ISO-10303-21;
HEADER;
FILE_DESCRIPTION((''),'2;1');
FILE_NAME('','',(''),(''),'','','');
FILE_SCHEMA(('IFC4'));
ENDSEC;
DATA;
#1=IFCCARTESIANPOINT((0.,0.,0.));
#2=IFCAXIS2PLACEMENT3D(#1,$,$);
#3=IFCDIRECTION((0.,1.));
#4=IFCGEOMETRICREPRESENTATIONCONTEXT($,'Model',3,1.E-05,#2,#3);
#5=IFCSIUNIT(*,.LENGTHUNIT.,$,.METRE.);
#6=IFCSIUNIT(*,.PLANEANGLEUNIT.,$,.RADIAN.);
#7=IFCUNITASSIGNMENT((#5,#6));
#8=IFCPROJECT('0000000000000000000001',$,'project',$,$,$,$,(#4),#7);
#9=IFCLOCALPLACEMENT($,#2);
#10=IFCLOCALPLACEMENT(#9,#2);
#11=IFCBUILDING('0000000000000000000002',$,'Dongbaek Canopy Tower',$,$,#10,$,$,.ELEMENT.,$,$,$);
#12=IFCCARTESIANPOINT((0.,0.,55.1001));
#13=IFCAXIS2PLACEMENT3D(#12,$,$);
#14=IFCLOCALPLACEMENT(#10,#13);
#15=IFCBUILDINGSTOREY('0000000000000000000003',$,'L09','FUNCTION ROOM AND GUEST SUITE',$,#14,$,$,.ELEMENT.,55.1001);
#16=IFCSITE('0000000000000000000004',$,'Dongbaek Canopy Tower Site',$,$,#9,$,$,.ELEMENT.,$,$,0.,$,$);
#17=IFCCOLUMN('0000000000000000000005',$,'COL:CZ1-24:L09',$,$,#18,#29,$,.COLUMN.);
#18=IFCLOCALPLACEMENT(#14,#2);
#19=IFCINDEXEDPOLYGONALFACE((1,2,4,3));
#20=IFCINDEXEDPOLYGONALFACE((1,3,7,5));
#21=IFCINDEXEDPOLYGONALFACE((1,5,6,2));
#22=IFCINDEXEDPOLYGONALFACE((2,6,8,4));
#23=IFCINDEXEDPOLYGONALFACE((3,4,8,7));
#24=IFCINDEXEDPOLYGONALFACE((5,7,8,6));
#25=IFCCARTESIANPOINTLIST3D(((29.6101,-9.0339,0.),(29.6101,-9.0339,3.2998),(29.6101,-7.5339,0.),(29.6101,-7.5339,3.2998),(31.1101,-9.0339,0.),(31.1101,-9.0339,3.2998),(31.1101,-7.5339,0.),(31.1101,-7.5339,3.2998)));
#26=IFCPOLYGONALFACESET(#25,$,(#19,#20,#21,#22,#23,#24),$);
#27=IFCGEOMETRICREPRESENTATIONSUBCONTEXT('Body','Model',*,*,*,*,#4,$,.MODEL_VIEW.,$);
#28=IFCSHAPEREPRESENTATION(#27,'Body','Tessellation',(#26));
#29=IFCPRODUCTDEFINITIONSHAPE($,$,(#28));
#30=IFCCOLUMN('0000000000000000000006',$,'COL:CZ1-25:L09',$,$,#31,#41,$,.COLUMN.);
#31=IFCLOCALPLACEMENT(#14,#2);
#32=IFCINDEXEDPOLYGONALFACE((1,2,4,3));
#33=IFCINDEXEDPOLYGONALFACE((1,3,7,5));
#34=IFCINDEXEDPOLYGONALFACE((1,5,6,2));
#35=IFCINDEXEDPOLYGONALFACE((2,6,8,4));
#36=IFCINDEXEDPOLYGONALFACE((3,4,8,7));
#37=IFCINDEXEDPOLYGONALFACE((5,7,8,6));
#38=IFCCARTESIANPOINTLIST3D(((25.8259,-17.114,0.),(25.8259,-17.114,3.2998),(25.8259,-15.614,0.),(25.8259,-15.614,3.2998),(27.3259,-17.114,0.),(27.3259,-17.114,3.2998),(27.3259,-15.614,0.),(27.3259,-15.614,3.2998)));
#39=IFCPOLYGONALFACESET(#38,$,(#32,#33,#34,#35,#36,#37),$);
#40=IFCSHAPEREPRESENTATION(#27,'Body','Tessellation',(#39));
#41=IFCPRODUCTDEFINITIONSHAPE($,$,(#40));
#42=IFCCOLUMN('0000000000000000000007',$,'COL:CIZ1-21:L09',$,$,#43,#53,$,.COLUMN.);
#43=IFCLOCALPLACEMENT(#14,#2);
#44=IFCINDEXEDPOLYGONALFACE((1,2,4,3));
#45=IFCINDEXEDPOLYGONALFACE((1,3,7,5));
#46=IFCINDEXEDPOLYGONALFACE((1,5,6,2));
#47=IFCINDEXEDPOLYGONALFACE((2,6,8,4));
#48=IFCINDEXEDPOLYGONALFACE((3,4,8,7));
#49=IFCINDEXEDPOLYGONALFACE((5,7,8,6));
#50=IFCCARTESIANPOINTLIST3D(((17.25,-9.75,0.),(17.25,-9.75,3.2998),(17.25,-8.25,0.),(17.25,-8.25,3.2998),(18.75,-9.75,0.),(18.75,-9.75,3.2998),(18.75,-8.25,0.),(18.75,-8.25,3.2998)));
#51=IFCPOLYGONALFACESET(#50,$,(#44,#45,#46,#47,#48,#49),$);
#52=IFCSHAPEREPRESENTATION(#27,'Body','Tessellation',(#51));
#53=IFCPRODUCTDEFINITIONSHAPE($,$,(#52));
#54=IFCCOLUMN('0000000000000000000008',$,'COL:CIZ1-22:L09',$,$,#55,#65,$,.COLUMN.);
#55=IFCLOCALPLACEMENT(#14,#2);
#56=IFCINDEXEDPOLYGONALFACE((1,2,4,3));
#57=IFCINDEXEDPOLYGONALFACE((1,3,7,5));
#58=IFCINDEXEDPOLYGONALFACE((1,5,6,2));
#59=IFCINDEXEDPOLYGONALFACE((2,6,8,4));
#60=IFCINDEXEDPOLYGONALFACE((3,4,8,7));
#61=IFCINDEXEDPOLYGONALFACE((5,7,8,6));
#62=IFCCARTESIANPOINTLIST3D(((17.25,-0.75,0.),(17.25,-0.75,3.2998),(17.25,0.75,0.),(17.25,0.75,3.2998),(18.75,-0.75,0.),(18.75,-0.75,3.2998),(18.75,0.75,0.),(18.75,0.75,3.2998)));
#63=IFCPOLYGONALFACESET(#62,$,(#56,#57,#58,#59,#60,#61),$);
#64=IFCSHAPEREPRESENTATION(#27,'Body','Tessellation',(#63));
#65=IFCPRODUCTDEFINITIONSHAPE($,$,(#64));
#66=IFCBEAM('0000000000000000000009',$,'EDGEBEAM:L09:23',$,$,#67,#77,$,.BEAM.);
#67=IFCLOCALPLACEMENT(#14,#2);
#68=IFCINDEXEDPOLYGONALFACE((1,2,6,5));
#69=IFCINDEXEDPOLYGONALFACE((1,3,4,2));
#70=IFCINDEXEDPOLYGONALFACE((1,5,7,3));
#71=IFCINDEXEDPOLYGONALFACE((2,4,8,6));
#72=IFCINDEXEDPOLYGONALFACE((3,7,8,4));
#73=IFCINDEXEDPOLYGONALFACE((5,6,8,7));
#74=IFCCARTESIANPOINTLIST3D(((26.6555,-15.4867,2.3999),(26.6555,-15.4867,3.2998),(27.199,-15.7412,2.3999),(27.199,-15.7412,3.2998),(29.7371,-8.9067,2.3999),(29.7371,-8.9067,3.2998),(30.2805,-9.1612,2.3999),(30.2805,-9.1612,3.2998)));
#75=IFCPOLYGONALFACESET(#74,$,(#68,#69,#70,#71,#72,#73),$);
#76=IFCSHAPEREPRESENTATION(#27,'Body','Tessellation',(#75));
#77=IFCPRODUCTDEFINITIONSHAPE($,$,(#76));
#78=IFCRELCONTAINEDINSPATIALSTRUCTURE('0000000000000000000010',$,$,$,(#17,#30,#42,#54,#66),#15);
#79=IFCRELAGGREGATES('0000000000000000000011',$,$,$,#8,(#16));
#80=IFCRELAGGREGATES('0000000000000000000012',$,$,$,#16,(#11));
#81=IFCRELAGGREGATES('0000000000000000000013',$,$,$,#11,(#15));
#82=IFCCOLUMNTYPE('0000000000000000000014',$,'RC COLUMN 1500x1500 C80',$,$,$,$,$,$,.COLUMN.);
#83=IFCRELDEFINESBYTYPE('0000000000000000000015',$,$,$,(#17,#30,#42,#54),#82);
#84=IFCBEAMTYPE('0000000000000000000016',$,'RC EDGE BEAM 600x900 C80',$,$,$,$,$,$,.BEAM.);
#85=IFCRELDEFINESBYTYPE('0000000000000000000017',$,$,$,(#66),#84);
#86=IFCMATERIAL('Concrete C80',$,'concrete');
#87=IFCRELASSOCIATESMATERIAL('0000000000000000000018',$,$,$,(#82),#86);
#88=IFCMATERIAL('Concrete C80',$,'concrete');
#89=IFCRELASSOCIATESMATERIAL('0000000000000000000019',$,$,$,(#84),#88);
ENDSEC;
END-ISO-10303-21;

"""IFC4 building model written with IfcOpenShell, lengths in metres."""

from ifc_helpers import new_model, si_unit, direction, frame, origin, origin_2d, place, context, subcontext, project, spatial, rectangle, extrude, material, material_profile, profile_set, type_object, element, save


model = new_model("IFC4")

# Units and contexts
model_context = context("Model", 3, precision=1e-05, world=origin(), true_north=direction((0.0, 1.0)))
body_context = subcontext(model_context, "Body", "Model", "MODEL_VIEW")
ifc_project = project(units=[si_unit("LENGTHUNIT", "METRE"), si_unit("PLANEANGLEUNIT", "RADIAN")], contexts=[model_context])

# Site, building, storey
site_placement = place(None, origin())
site = spatial("IfcSite", under=ifc_project, at=site_placement, Name="Dongbaek Canopy Tower Site", CompositionType="ELEMENT", RefElevation=0.0)
building_placement = place(site_placement, origin())
building = spatial("IfcBuilding", under=site, at=building_placement, Name="Dongbaek Canopy Tower", CompositionType="ELEMENT")
storey_placement = place(building_placement, frame((0.0, 0.0, 55.1001)))
storey = spatial("IfcBuildingStorey", under=building, at=storey_placement, Name="L09", Description="FUNCTION ROOM AND GUEST SUITE", CompositionType="ELEMENT", Elevation=55.1001)

# Columns
ifc_material_1 = material(Name="Concrete C80", Category="concrete")
ifc_material_profile_1 = material_profile(ifc_material_1, rectangle(XDim=1.5, YDim=1.5, at=origin_2d()), Name="RC COLUMN 1500x1500 C80")
ifc_profile_set_1 = profile_set([ifc_material_profile_1], Name="Concrete C80")
column_type = type_object("IfcColumnType", Name="RC COLUMN 1500x1500 C80", PredefinedType="COLUMN", material=ifc_profile_set_1)
for number, where, z_axis, x_axis, name in (
    (1, (30.3601, -8.2839, 0.0), (0.0, 0.0, 1.0), (1.0, 0.0, 0.0), "COL:CZ1-24:L09"),
    (2, (26.5759, -16.364, 0.0), (0.0, 0.0, 1.0), (1.0, 0.0, 0.0), "COL:CZ1-25:L09"),
    (3, (18.0, -9.0, 0.0), (0.0, 0.0, 1.0), (1.0, 0.0, 0.0), "COL:CIZ1-21:L09"),
    (4, (18.0, 0.0, 0.0), (0.0, 0.0, 1.0), (1.0, 0.0, 0.0), "COL:CIZ1-22:L09"),
):
    element("IfcColumn", number, at=place(storey_placement, frame(where, z_axis=z_axis, x_axis=x_axis)), inside=storey, type_object=column_type, Name=name, PredefinedType="COLUMN", context=body_context, shape_type="SweptSolid", body=[
        extrude(rectangle(XDim=1.5, YDim=1.5, at=origin_2d()), origin(), (0.0, 0.0, 1.0), 3.2998),
    ])

# Beam
ifc_material_2 = material(Name="Concrete C80", Category="concrete")
ifc_material_profile_2 = material_profile(ifc_material_2, rectangle(XDim=0.6001, YDim=0.8999, at=origin_2d()), Name="RC EDGE BEAM 600x900 C80")
ifc_profile_set_2 = profile_set([ifc_material_profile_2], Name="Concrete C80")
beam_type = type_object("IfcBeamType", Name="RC EDGE BEAM 600x900 C80", PredefinedType="BEAM", material=ifc_profile_set_2)
beam_placement = place(storey_placement, frame((30.0088, -9.0339, 2.8499), z_axis=(-0.42411, -0.905611, 0.0), x_axis=(0.905611, -0.42411, 0.0)))
element("IfcBeam", 5, at=beam_placement, inside=storey, type_object=beam_type, Name="EDGEBEAM:L09:23", PredefinedType="BEAM", context=body_context, shape_type="SweptSolid", body=[
    extrude(rectangle(XDim=0.6001, YDim=0.8999, at=origin_2d()), origin(), (0.0, 0.0, 1.0), 7.2659),
])

save(model, "model.ifc")
